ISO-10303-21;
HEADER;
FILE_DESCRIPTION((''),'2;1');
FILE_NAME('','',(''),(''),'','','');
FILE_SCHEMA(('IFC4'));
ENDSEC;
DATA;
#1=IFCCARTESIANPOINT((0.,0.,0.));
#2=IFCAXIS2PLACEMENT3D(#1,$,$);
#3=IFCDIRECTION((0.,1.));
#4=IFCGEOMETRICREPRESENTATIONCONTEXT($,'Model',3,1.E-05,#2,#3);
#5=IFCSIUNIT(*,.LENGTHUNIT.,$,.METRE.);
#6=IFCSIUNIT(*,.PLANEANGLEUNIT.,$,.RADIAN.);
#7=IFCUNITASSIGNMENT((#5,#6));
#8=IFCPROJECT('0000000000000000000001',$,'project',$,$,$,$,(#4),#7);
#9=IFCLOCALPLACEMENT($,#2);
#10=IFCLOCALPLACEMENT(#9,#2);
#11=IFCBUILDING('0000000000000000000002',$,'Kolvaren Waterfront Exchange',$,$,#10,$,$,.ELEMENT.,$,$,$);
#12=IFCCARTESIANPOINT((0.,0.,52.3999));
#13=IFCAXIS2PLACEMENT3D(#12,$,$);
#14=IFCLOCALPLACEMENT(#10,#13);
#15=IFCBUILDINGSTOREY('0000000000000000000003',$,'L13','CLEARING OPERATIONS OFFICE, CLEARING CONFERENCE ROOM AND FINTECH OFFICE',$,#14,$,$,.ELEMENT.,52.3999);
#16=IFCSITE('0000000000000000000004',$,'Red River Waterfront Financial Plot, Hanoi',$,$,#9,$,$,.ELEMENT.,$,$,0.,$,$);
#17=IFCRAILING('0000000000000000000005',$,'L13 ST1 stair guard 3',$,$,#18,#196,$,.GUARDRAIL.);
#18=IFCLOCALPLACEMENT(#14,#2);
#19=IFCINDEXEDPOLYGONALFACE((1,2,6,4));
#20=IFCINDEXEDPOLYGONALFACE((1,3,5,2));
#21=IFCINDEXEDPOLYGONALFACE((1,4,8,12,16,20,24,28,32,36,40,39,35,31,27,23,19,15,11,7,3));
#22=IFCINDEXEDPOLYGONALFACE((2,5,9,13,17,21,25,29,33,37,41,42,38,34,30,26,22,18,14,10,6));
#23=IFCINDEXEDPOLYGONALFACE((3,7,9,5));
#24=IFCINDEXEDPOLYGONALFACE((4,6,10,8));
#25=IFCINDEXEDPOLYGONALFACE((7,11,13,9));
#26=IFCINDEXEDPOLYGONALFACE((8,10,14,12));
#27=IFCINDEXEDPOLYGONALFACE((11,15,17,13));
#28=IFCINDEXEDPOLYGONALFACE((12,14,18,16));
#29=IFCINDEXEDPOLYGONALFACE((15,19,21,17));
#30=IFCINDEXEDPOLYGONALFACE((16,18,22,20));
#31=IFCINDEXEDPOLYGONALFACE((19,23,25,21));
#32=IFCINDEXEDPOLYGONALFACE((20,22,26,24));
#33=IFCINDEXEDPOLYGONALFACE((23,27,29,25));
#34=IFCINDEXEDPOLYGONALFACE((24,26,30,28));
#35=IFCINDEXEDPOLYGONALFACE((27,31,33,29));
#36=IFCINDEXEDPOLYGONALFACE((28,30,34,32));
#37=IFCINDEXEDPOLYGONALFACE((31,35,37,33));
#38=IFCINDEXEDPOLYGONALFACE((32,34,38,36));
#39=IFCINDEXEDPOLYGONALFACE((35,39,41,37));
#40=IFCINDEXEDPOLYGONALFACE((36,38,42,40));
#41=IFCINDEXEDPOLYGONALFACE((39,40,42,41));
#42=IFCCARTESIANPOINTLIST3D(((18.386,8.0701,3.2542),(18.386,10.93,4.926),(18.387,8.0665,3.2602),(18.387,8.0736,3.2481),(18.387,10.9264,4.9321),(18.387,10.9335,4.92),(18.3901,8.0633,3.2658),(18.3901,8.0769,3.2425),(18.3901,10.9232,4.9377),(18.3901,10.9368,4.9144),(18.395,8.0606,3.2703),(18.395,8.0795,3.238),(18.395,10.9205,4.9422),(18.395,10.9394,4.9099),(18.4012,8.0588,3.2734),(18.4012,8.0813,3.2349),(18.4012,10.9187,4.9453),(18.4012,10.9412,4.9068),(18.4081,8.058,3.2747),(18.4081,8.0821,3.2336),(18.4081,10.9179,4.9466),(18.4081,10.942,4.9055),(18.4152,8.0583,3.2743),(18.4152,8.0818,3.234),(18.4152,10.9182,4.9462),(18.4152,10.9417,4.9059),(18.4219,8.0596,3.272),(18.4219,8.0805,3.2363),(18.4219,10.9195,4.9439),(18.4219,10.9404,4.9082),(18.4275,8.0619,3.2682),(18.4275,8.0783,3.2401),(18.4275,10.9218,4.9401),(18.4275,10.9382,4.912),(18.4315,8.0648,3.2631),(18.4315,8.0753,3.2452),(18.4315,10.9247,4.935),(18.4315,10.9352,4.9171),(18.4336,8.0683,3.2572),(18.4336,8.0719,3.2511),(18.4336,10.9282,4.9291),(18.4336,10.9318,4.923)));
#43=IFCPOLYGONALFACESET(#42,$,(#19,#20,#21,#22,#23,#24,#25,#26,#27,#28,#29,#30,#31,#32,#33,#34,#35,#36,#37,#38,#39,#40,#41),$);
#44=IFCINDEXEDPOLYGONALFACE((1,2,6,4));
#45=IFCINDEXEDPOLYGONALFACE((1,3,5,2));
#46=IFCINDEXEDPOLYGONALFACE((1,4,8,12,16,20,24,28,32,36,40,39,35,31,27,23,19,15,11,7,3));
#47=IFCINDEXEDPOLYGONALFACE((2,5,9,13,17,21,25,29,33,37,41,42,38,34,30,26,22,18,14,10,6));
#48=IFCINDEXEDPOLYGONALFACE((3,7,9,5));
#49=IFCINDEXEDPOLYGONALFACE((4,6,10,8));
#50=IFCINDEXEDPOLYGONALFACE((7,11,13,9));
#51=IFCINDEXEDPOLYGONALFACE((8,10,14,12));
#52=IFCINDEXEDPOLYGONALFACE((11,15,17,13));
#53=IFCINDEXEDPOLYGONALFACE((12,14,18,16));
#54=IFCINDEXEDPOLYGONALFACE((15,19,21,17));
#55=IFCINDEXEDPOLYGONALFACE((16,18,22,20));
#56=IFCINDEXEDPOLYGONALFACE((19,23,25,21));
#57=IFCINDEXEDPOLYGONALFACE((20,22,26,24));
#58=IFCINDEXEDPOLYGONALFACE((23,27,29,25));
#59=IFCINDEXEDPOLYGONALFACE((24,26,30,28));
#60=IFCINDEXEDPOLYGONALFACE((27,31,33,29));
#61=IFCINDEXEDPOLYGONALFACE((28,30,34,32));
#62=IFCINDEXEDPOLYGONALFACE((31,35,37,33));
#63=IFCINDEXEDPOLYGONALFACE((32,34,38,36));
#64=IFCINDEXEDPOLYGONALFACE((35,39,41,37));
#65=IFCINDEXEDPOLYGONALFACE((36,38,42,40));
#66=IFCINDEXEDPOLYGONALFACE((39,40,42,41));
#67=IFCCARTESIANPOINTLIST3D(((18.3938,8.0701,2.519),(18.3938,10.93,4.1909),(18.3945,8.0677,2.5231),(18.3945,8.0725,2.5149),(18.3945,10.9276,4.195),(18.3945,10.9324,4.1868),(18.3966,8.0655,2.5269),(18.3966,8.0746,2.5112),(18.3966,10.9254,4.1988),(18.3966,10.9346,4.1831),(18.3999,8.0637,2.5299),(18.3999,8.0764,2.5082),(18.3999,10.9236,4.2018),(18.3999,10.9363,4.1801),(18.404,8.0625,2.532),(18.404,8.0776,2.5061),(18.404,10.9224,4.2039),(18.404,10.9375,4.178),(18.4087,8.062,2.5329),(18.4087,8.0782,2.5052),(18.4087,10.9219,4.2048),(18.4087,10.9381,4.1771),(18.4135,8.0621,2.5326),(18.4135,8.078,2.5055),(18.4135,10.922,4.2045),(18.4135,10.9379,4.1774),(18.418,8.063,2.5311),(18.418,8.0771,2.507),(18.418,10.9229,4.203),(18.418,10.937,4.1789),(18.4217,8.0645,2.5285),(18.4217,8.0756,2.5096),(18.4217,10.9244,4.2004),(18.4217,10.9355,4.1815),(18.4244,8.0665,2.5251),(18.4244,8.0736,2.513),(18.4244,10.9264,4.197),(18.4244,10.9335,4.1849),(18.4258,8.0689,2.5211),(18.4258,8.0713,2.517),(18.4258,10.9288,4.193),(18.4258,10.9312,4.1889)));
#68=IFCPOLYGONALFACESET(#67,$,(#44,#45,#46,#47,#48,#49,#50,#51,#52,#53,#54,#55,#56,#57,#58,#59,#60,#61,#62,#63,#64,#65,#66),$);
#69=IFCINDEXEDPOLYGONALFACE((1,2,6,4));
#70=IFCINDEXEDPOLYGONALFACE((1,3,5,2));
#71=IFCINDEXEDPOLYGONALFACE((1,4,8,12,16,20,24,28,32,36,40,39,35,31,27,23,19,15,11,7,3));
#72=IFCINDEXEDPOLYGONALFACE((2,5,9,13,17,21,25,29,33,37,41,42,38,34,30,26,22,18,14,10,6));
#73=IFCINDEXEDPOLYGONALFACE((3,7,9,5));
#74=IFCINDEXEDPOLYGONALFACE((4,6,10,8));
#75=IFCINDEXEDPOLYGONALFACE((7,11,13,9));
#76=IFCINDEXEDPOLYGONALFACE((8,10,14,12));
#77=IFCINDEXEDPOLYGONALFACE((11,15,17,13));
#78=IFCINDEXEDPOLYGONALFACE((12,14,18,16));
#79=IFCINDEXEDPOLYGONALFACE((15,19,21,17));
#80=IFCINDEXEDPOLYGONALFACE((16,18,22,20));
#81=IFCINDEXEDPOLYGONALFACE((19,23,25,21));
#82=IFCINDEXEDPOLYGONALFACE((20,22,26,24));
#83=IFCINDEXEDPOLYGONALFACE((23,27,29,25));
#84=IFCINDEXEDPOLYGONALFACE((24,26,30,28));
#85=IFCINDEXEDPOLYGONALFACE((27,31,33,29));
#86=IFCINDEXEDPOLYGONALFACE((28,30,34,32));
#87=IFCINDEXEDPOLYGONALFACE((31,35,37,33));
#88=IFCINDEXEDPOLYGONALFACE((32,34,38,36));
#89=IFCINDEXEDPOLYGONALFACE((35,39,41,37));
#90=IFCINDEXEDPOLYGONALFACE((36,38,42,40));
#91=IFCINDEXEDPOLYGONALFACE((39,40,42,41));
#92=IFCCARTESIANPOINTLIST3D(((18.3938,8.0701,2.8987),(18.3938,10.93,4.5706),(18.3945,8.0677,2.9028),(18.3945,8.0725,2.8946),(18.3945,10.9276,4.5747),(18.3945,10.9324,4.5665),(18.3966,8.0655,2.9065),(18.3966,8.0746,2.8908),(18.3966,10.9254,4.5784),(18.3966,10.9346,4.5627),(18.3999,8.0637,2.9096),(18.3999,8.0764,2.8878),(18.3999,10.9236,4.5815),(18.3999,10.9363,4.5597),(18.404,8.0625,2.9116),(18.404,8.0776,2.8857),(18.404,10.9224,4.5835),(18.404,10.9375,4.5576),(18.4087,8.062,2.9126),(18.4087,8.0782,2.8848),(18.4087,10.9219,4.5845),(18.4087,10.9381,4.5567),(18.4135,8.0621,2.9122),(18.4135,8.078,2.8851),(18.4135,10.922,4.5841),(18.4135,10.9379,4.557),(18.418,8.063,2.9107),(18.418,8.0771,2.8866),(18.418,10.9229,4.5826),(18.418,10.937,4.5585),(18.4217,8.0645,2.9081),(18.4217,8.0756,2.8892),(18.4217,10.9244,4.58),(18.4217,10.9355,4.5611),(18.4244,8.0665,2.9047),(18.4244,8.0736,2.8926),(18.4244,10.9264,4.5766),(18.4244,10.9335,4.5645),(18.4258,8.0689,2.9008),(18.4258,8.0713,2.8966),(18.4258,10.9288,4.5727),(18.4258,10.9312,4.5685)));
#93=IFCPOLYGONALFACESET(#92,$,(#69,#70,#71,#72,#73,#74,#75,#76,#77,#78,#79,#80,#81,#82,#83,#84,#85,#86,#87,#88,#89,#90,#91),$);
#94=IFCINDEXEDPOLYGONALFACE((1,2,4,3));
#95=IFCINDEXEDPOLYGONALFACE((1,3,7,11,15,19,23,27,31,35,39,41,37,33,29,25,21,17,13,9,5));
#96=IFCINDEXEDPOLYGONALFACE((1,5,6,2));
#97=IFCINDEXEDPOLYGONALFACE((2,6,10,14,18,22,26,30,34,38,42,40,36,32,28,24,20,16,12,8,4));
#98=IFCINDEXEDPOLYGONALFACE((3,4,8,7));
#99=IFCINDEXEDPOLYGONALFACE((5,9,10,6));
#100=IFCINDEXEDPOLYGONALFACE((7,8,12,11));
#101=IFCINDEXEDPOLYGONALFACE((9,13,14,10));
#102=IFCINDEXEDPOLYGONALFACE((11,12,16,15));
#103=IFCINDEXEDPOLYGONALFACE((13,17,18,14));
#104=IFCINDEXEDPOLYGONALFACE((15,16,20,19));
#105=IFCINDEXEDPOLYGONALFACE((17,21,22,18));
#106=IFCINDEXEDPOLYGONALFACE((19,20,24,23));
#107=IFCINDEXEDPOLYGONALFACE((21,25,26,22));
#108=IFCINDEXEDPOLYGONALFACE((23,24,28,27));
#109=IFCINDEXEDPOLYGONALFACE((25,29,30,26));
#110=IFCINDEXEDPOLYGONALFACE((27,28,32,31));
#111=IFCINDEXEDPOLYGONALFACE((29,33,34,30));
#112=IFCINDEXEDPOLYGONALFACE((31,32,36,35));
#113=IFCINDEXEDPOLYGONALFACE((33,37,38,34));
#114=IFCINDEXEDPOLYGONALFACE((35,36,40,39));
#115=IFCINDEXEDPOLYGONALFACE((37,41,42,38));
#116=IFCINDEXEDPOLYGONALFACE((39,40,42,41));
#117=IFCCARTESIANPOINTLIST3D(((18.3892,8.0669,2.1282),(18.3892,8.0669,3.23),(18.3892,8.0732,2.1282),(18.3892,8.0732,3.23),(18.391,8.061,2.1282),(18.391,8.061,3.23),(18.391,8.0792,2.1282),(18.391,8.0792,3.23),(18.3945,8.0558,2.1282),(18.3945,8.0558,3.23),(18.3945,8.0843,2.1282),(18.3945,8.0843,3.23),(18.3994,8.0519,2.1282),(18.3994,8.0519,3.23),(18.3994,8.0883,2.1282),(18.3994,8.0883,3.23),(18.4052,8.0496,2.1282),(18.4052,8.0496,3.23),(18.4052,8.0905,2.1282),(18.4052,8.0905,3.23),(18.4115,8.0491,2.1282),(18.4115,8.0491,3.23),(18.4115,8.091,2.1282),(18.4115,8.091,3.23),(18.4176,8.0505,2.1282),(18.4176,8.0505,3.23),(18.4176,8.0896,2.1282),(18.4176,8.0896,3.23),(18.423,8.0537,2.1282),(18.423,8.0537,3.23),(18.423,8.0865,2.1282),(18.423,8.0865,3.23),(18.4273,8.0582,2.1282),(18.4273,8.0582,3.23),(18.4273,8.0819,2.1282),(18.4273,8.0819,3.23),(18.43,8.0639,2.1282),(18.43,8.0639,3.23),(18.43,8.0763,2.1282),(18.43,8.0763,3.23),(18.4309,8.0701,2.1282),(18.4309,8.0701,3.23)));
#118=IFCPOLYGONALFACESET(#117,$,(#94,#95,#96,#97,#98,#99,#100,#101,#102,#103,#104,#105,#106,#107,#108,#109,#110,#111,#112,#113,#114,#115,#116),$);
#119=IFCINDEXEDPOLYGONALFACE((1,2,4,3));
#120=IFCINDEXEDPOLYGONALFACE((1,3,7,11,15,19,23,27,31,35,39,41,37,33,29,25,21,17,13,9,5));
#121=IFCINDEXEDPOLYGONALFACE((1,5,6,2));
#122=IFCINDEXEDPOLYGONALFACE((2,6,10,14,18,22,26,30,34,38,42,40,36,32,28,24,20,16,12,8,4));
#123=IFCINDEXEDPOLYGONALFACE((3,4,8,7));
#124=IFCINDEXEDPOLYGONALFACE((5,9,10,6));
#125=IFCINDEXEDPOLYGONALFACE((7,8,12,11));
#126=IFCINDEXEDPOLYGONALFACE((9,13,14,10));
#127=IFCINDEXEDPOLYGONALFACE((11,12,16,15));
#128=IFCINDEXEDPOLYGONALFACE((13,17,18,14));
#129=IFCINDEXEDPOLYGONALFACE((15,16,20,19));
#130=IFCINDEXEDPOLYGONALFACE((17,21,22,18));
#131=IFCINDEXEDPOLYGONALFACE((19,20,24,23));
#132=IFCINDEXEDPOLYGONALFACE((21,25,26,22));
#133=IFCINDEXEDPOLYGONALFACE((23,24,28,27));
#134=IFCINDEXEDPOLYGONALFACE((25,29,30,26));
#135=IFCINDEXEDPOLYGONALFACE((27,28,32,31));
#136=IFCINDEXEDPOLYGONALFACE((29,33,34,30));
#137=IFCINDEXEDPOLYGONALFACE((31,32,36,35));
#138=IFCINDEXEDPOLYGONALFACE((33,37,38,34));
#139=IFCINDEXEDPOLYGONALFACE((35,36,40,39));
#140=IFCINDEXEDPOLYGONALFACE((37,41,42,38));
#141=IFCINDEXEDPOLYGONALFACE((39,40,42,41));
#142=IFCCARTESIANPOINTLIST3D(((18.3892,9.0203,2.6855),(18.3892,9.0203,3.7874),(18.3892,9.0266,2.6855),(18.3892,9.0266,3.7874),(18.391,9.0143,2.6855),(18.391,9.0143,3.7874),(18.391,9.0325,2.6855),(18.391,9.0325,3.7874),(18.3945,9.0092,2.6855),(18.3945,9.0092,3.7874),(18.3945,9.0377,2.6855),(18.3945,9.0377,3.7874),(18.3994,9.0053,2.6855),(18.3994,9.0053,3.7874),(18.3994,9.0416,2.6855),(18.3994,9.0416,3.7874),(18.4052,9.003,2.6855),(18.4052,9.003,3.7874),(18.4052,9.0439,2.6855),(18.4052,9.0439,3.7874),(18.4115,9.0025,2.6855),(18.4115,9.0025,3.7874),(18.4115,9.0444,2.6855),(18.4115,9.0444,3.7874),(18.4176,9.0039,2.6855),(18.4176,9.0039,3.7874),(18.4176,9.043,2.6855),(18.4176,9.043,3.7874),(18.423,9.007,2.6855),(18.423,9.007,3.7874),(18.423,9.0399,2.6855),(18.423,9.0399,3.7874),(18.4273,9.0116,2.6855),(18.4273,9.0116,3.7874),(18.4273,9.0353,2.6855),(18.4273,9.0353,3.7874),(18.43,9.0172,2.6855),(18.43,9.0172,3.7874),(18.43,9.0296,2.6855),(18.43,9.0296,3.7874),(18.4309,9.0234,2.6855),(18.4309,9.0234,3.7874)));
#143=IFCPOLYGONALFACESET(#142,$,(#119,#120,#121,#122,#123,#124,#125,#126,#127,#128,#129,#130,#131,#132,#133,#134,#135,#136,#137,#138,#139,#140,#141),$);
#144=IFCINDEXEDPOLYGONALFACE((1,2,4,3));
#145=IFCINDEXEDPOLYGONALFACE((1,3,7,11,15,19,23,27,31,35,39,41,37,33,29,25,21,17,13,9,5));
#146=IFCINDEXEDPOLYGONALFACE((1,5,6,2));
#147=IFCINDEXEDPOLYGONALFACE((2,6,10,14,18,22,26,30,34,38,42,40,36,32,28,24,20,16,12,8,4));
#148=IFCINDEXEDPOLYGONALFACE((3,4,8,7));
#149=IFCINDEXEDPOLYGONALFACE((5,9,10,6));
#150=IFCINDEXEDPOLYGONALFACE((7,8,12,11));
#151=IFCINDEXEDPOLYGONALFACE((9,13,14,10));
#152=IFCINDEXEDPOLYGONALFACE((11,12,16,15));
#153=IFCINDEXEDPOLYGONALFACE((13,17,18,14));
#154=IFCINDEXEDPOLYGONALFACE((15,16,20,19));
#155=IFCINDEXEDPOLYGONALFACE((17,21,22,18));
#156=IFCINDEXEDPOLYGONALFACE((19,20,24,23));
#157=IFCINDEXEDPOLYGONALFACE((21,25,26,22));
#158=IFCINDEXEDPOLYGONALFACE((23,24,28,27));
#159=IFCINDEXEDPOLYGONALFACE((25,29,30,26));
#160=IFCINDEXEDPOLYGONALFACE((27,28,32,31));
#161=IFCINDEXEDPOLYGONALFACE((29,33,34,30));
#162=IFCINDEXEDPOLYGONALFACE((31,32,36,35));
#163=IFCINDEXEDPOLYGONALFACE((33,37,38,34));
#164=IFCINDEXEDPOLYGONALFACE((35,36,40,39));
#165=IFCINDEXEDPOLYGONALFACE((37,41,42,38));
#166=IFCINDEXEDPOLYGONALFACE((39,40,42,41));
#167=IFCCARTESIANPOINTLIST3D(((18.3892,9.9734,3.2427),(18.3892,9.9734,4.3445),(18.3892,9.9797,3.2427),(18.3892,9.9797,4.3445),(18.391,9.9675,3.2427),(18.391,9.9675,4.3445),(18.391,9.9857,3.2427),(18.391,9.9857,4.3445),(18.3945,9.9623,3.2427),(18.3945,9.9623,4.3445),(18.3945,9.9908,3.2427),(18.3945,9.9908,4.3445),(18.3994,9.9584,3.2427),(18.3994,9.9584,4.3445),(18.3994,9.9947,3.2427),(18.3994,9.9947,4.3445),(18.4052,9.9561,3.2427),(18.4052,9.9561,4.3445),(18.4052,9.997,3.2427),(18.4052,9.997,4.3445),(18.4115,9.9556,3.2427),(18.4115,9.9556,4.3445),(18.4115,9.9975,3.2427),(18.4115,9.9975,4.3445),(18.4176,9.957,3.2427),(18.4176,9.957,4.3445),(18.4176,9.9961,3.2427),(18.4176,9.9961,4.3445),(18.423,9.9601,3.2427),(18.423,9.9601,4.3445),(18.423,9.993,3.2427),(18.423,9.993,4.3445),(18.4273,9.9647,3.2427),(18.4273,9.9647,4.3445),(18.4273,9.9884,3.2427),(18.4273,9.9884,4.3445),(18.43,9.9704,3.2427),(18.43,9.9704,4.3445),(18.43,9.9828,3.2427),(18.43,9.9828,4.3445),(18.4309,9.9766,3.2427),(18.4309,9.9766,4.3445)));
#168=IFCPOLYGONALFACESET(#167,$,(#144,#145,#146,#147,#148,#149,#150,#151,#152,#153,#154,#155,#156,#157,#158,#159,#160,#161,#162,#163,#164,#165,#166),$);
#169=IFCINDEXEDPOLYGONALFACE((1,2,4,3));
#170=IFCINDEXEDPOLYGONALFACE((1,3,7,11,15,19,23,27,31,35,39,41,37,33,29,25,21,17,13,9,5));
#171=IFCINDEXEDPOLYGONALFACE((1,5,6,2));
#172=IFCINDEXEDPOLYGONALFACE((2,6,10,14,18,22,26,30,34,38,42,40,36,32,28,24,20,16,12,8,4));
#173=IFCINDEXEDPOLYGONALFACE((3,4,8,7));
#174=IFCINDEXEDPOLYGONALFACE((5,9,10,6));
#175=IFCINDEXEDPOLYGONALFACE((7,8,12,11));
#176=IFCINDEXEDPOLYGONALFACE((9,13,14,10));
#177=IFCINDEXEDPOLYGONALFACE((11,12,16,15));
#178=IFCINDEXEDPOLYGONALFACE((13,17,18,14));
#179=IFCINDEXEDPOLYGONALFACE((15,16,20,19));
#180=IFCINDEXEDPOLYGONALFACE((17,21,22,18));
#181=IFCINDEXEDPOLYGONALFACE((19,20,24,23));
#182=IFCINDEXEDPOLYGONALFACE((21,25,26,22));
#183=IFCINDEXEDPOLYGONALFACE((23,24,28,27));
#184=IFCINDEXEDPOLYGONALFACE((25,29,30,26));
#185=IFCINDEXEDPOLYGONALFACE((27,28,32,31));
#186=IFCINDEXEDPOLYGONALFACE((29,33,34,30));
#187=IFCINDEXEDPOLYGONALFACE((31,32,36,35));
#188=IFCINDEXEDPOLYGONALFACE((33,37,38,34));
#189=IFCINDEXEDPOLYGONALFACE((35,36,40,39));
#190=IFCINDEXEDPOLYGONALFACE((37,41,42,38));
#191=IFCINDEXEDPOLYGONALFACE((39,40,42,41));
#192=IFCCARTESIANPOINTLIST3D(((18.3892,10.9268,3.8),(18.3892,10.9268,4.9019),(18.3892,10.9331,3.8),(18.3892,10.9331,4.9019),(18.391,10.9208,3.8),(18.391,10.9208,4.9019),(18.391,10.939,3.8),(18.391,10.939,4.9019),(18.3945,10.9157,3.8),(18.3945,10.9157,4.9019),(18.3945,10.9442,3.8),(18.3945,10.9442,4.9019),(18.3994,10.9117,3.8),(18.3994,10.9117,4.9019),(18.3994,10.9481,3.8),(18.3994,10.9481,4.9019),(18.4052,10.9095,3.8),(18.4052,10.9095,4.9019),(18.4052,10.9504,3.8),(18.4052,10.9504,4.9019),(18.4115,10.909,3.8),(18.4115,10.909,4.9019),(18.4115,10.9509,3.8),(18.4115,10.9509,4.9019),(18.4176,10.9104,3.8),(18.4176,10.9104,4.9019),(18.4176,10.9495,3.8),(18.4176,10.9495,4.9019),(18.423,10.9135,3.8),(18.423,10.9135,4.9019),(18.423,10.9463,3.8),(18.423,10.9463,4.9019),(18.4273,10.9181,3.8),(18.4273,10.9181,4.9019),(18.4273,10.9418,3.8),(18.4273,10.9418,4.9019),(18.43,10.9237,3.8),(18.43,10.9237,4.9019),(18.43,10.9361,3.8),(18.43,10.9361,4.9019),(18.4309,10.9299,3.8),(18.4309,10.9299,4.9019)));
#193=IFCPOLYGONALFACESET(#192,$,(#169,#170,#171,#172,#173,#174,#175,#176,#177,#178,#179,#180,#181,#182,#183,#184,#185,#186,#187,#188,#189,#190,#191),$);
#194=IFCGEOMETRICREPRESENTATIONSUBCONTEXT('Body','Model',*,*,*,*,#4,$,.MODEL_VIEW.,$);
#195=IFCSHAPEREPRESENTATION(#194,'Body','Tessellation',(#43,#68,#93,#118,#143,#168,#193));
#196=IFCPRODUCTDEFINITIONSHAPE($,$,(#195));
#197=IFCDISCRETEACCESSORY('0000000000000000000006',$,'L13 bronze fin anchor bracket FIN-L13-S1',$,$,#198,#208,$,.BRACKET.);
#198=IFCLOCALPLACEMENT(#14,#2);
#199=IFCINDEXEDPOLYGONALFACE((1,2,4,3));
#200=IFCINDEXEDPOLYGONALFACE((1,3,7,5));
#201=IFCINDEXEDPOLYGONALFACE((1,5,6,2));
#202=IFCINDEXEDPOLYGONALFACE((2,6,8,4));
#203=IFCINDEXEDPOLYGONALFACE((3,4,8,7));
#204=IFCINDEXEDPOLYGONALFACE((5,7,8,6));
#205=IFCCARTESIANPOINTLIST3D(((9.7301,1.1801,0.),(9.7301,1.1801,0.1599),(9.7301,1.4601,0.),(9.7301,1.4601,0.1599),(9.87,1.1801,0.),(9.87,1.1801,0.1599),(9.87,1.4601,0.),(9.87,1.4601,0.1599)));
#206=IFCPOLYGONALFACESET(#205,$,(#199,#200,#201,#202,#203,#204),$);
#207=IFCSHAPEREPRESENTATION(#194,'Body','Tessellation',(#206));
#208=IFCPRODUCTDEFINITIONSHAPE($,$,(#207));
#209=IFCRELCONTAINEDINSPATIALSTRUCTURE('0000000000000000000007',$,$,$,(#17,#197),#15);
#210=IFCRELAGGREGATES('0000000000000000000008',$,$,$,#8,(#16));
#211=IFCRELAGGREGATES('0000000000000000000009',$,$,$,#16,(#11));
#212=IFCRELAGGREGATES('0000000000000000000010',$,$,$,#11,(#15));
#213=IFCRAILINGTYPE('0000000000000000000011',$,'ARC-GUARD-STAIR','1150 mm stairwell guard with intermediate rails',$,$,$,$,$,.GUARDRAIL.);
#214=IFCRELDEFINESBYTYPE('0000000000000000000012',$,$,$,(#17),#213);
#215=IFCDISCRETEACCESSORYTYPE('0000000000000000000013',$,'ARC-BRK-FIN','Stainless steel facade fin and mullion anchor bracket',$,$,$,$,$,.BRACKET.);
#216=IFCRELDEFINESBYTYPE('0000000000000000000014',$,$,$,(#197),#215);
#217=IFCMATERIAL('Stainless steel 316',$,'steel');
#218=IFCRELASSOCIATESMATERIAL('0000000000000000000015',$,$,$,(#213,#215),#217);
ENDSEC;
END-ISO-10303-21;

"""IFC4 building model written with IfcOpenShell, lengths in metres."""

from ifc_helpers import new_model, si_unit, direction, frame, origin, origin_with_axes, origin_2d, place, context, subcontext, project, spatial, rectangle, circle, extrude, source, transform, mapped, material, type_object, element, save


model = new_model("IFC4")

# Units and contexts
model_context = context("Model", 3, precision=1e-05, world=origin(), true_north=direction((0.0, 1.0)))
body_context = subcontext(model_context, "Body", "Model", "MODEL_VIEW")
ifc_project = project(units=[si_unit("LENGTHUNIT", "METRE"), si_unit("PLANEANGLEUNIT", "RADIAN")], contexts=[model_context])

# Site, building, storey
site_placement = place(None, origin())
site = spatial("IfcSite", under=ifc_project, at=site_placement, Name="Red River Waterfront Financial Plot, Hanoi", CompositionType="ELEMENT", RefElevation=0.0)
building_placement = place(site_placement, origin())
building = spatial("IfcBuilding", under=site, at=building_placement, Name="Kolvaren Waterfront Exchange", CompositionType="ELEMENT")
storey_placement = place(building_placement, frame((0.0, 0.0, 52.3999)))
storey = spatial("IfcBuildingStorey", under=building, at=storey_placement, Name="L13", Description="CLEARING OPERATIONS OFFICE, CLEARING CONFERENCE ROOM AND FINTECH OFFICE", CompositionType="ELEMENT", Elevation=52.3999)

# Railing
ifc_material_1 = material(Name="Stainless steel 316", Category="steel")
railing_type = type_object("IfcRailingType", Name="ARC-GUARD-STAIR", Description="1150 mm stairwell guard with intermediate rails", PredefinedType="GUARDRAIL", material=ifc_material_1)
railing_1_placement = place(storey_placement, frame((18.4099, 8.0701, 2.1282)))
element("IfcRailing", 1, at=railing_1_placement, inside=storey, type_object=railing_type, Name="L13 ST1 stair guard 3", PredefinedType="GUARDRAIL", context=body_context, shape_type="SweptSolid", body=[
    extrude(circle(Radius=0.0239, at=origin_2d()), frame((0.0, 0.0, 1.126), z_axis=(0.0, 0.863303, 0.504686), x_axis=(-1.0, 0.0, 0.0)), (0.0, 0.0, 1.0), 3.3127),
    extrude(circle(Radius=0.0161, at=origin_2d()), frame((0.0, 0.0, 0.3909), z_axis=(0.0, 0.863303, 0.504686), x_axis=(-1.0, 0.0, 0.0)), (0.0, 0.0, 1.0), 3.3127),
    extrude(circle(Radius=0.0161, at=origin_2d()), frame((0.0, 0.0, 0.7705), z_axis=(0.0, 0.863303, 0.504686), x_axis=(-1.0, 0.0, 0.0)), (0.0, 0.0, 1.0), 3.3127),
    extrude(circle(Radius=0.021, at=origin_2d()), origin(), (0.0, 0.0, 1.0), 1.1018),
    extrude(circle(Radius=0.021, at=origin_2d()), frame((0.0, 0.9534, 0.5574)), (0.0, 0.0, 1.0), 1.1018),
    extrude(circle(Radius=0.021, at=origin_2d()), frame((0.0, 1.9065, 1.1145)), (0.0, 0.0, 1.0), 1.1018),
    extrude(circle(Radius=0.021, at=origin_2d()), frame((0.0, 2.8599, 1.6719)), (0.0, 0.0, 1.0), 1.1018),
])

# Discrete accessory
discrete_accessory_type = type_object("IfcDiscreteAccessoryType", Name="ARC-BRK-FIN", Description="Stainless steel facade fin and mullion anchor bracket", PredefinedType="BRACKET", material=ifc_material_1)
shared_shape_1 = source(origin_with_axes(), body_context, "Body", "SweptSolid", [
    extrude(rectangle(XDim=0.28, YDim=0.1399, at=origin_2d()), origin(), (0.0, 0.0, 1.0), 0.1599),
])
for number, where, z_axis, x_axis, name in (
    (2, (9.8, 1.3201, 0.0), (0.0, 0.0, 1.0), (0.0, -1.0, 0.0), "L13 bronze fin anchor bracket FIN-L13-S1"),
):
    element("IfcDiscreteAccessory", number, at=place(storey_placement, frame(where, z_axis=z_axis, x_axis=x_axis)), inside=storey, type_object=discrete_accessory_type, Name=name, PredefinedType="BRACKET", context=body_context, shape_type="MappedRepresentation", body=[
        mapped(shared_shape_1, transform((0.0, 0.0, 0.0), x_axis=(1.0, 0.0, 0.0), y_axis=(0.0, 1.0, 0.0), z_axis=(0.0, 0.0, 1.0), scale=1.0)),
    ])

save(model, "model.ifc")
